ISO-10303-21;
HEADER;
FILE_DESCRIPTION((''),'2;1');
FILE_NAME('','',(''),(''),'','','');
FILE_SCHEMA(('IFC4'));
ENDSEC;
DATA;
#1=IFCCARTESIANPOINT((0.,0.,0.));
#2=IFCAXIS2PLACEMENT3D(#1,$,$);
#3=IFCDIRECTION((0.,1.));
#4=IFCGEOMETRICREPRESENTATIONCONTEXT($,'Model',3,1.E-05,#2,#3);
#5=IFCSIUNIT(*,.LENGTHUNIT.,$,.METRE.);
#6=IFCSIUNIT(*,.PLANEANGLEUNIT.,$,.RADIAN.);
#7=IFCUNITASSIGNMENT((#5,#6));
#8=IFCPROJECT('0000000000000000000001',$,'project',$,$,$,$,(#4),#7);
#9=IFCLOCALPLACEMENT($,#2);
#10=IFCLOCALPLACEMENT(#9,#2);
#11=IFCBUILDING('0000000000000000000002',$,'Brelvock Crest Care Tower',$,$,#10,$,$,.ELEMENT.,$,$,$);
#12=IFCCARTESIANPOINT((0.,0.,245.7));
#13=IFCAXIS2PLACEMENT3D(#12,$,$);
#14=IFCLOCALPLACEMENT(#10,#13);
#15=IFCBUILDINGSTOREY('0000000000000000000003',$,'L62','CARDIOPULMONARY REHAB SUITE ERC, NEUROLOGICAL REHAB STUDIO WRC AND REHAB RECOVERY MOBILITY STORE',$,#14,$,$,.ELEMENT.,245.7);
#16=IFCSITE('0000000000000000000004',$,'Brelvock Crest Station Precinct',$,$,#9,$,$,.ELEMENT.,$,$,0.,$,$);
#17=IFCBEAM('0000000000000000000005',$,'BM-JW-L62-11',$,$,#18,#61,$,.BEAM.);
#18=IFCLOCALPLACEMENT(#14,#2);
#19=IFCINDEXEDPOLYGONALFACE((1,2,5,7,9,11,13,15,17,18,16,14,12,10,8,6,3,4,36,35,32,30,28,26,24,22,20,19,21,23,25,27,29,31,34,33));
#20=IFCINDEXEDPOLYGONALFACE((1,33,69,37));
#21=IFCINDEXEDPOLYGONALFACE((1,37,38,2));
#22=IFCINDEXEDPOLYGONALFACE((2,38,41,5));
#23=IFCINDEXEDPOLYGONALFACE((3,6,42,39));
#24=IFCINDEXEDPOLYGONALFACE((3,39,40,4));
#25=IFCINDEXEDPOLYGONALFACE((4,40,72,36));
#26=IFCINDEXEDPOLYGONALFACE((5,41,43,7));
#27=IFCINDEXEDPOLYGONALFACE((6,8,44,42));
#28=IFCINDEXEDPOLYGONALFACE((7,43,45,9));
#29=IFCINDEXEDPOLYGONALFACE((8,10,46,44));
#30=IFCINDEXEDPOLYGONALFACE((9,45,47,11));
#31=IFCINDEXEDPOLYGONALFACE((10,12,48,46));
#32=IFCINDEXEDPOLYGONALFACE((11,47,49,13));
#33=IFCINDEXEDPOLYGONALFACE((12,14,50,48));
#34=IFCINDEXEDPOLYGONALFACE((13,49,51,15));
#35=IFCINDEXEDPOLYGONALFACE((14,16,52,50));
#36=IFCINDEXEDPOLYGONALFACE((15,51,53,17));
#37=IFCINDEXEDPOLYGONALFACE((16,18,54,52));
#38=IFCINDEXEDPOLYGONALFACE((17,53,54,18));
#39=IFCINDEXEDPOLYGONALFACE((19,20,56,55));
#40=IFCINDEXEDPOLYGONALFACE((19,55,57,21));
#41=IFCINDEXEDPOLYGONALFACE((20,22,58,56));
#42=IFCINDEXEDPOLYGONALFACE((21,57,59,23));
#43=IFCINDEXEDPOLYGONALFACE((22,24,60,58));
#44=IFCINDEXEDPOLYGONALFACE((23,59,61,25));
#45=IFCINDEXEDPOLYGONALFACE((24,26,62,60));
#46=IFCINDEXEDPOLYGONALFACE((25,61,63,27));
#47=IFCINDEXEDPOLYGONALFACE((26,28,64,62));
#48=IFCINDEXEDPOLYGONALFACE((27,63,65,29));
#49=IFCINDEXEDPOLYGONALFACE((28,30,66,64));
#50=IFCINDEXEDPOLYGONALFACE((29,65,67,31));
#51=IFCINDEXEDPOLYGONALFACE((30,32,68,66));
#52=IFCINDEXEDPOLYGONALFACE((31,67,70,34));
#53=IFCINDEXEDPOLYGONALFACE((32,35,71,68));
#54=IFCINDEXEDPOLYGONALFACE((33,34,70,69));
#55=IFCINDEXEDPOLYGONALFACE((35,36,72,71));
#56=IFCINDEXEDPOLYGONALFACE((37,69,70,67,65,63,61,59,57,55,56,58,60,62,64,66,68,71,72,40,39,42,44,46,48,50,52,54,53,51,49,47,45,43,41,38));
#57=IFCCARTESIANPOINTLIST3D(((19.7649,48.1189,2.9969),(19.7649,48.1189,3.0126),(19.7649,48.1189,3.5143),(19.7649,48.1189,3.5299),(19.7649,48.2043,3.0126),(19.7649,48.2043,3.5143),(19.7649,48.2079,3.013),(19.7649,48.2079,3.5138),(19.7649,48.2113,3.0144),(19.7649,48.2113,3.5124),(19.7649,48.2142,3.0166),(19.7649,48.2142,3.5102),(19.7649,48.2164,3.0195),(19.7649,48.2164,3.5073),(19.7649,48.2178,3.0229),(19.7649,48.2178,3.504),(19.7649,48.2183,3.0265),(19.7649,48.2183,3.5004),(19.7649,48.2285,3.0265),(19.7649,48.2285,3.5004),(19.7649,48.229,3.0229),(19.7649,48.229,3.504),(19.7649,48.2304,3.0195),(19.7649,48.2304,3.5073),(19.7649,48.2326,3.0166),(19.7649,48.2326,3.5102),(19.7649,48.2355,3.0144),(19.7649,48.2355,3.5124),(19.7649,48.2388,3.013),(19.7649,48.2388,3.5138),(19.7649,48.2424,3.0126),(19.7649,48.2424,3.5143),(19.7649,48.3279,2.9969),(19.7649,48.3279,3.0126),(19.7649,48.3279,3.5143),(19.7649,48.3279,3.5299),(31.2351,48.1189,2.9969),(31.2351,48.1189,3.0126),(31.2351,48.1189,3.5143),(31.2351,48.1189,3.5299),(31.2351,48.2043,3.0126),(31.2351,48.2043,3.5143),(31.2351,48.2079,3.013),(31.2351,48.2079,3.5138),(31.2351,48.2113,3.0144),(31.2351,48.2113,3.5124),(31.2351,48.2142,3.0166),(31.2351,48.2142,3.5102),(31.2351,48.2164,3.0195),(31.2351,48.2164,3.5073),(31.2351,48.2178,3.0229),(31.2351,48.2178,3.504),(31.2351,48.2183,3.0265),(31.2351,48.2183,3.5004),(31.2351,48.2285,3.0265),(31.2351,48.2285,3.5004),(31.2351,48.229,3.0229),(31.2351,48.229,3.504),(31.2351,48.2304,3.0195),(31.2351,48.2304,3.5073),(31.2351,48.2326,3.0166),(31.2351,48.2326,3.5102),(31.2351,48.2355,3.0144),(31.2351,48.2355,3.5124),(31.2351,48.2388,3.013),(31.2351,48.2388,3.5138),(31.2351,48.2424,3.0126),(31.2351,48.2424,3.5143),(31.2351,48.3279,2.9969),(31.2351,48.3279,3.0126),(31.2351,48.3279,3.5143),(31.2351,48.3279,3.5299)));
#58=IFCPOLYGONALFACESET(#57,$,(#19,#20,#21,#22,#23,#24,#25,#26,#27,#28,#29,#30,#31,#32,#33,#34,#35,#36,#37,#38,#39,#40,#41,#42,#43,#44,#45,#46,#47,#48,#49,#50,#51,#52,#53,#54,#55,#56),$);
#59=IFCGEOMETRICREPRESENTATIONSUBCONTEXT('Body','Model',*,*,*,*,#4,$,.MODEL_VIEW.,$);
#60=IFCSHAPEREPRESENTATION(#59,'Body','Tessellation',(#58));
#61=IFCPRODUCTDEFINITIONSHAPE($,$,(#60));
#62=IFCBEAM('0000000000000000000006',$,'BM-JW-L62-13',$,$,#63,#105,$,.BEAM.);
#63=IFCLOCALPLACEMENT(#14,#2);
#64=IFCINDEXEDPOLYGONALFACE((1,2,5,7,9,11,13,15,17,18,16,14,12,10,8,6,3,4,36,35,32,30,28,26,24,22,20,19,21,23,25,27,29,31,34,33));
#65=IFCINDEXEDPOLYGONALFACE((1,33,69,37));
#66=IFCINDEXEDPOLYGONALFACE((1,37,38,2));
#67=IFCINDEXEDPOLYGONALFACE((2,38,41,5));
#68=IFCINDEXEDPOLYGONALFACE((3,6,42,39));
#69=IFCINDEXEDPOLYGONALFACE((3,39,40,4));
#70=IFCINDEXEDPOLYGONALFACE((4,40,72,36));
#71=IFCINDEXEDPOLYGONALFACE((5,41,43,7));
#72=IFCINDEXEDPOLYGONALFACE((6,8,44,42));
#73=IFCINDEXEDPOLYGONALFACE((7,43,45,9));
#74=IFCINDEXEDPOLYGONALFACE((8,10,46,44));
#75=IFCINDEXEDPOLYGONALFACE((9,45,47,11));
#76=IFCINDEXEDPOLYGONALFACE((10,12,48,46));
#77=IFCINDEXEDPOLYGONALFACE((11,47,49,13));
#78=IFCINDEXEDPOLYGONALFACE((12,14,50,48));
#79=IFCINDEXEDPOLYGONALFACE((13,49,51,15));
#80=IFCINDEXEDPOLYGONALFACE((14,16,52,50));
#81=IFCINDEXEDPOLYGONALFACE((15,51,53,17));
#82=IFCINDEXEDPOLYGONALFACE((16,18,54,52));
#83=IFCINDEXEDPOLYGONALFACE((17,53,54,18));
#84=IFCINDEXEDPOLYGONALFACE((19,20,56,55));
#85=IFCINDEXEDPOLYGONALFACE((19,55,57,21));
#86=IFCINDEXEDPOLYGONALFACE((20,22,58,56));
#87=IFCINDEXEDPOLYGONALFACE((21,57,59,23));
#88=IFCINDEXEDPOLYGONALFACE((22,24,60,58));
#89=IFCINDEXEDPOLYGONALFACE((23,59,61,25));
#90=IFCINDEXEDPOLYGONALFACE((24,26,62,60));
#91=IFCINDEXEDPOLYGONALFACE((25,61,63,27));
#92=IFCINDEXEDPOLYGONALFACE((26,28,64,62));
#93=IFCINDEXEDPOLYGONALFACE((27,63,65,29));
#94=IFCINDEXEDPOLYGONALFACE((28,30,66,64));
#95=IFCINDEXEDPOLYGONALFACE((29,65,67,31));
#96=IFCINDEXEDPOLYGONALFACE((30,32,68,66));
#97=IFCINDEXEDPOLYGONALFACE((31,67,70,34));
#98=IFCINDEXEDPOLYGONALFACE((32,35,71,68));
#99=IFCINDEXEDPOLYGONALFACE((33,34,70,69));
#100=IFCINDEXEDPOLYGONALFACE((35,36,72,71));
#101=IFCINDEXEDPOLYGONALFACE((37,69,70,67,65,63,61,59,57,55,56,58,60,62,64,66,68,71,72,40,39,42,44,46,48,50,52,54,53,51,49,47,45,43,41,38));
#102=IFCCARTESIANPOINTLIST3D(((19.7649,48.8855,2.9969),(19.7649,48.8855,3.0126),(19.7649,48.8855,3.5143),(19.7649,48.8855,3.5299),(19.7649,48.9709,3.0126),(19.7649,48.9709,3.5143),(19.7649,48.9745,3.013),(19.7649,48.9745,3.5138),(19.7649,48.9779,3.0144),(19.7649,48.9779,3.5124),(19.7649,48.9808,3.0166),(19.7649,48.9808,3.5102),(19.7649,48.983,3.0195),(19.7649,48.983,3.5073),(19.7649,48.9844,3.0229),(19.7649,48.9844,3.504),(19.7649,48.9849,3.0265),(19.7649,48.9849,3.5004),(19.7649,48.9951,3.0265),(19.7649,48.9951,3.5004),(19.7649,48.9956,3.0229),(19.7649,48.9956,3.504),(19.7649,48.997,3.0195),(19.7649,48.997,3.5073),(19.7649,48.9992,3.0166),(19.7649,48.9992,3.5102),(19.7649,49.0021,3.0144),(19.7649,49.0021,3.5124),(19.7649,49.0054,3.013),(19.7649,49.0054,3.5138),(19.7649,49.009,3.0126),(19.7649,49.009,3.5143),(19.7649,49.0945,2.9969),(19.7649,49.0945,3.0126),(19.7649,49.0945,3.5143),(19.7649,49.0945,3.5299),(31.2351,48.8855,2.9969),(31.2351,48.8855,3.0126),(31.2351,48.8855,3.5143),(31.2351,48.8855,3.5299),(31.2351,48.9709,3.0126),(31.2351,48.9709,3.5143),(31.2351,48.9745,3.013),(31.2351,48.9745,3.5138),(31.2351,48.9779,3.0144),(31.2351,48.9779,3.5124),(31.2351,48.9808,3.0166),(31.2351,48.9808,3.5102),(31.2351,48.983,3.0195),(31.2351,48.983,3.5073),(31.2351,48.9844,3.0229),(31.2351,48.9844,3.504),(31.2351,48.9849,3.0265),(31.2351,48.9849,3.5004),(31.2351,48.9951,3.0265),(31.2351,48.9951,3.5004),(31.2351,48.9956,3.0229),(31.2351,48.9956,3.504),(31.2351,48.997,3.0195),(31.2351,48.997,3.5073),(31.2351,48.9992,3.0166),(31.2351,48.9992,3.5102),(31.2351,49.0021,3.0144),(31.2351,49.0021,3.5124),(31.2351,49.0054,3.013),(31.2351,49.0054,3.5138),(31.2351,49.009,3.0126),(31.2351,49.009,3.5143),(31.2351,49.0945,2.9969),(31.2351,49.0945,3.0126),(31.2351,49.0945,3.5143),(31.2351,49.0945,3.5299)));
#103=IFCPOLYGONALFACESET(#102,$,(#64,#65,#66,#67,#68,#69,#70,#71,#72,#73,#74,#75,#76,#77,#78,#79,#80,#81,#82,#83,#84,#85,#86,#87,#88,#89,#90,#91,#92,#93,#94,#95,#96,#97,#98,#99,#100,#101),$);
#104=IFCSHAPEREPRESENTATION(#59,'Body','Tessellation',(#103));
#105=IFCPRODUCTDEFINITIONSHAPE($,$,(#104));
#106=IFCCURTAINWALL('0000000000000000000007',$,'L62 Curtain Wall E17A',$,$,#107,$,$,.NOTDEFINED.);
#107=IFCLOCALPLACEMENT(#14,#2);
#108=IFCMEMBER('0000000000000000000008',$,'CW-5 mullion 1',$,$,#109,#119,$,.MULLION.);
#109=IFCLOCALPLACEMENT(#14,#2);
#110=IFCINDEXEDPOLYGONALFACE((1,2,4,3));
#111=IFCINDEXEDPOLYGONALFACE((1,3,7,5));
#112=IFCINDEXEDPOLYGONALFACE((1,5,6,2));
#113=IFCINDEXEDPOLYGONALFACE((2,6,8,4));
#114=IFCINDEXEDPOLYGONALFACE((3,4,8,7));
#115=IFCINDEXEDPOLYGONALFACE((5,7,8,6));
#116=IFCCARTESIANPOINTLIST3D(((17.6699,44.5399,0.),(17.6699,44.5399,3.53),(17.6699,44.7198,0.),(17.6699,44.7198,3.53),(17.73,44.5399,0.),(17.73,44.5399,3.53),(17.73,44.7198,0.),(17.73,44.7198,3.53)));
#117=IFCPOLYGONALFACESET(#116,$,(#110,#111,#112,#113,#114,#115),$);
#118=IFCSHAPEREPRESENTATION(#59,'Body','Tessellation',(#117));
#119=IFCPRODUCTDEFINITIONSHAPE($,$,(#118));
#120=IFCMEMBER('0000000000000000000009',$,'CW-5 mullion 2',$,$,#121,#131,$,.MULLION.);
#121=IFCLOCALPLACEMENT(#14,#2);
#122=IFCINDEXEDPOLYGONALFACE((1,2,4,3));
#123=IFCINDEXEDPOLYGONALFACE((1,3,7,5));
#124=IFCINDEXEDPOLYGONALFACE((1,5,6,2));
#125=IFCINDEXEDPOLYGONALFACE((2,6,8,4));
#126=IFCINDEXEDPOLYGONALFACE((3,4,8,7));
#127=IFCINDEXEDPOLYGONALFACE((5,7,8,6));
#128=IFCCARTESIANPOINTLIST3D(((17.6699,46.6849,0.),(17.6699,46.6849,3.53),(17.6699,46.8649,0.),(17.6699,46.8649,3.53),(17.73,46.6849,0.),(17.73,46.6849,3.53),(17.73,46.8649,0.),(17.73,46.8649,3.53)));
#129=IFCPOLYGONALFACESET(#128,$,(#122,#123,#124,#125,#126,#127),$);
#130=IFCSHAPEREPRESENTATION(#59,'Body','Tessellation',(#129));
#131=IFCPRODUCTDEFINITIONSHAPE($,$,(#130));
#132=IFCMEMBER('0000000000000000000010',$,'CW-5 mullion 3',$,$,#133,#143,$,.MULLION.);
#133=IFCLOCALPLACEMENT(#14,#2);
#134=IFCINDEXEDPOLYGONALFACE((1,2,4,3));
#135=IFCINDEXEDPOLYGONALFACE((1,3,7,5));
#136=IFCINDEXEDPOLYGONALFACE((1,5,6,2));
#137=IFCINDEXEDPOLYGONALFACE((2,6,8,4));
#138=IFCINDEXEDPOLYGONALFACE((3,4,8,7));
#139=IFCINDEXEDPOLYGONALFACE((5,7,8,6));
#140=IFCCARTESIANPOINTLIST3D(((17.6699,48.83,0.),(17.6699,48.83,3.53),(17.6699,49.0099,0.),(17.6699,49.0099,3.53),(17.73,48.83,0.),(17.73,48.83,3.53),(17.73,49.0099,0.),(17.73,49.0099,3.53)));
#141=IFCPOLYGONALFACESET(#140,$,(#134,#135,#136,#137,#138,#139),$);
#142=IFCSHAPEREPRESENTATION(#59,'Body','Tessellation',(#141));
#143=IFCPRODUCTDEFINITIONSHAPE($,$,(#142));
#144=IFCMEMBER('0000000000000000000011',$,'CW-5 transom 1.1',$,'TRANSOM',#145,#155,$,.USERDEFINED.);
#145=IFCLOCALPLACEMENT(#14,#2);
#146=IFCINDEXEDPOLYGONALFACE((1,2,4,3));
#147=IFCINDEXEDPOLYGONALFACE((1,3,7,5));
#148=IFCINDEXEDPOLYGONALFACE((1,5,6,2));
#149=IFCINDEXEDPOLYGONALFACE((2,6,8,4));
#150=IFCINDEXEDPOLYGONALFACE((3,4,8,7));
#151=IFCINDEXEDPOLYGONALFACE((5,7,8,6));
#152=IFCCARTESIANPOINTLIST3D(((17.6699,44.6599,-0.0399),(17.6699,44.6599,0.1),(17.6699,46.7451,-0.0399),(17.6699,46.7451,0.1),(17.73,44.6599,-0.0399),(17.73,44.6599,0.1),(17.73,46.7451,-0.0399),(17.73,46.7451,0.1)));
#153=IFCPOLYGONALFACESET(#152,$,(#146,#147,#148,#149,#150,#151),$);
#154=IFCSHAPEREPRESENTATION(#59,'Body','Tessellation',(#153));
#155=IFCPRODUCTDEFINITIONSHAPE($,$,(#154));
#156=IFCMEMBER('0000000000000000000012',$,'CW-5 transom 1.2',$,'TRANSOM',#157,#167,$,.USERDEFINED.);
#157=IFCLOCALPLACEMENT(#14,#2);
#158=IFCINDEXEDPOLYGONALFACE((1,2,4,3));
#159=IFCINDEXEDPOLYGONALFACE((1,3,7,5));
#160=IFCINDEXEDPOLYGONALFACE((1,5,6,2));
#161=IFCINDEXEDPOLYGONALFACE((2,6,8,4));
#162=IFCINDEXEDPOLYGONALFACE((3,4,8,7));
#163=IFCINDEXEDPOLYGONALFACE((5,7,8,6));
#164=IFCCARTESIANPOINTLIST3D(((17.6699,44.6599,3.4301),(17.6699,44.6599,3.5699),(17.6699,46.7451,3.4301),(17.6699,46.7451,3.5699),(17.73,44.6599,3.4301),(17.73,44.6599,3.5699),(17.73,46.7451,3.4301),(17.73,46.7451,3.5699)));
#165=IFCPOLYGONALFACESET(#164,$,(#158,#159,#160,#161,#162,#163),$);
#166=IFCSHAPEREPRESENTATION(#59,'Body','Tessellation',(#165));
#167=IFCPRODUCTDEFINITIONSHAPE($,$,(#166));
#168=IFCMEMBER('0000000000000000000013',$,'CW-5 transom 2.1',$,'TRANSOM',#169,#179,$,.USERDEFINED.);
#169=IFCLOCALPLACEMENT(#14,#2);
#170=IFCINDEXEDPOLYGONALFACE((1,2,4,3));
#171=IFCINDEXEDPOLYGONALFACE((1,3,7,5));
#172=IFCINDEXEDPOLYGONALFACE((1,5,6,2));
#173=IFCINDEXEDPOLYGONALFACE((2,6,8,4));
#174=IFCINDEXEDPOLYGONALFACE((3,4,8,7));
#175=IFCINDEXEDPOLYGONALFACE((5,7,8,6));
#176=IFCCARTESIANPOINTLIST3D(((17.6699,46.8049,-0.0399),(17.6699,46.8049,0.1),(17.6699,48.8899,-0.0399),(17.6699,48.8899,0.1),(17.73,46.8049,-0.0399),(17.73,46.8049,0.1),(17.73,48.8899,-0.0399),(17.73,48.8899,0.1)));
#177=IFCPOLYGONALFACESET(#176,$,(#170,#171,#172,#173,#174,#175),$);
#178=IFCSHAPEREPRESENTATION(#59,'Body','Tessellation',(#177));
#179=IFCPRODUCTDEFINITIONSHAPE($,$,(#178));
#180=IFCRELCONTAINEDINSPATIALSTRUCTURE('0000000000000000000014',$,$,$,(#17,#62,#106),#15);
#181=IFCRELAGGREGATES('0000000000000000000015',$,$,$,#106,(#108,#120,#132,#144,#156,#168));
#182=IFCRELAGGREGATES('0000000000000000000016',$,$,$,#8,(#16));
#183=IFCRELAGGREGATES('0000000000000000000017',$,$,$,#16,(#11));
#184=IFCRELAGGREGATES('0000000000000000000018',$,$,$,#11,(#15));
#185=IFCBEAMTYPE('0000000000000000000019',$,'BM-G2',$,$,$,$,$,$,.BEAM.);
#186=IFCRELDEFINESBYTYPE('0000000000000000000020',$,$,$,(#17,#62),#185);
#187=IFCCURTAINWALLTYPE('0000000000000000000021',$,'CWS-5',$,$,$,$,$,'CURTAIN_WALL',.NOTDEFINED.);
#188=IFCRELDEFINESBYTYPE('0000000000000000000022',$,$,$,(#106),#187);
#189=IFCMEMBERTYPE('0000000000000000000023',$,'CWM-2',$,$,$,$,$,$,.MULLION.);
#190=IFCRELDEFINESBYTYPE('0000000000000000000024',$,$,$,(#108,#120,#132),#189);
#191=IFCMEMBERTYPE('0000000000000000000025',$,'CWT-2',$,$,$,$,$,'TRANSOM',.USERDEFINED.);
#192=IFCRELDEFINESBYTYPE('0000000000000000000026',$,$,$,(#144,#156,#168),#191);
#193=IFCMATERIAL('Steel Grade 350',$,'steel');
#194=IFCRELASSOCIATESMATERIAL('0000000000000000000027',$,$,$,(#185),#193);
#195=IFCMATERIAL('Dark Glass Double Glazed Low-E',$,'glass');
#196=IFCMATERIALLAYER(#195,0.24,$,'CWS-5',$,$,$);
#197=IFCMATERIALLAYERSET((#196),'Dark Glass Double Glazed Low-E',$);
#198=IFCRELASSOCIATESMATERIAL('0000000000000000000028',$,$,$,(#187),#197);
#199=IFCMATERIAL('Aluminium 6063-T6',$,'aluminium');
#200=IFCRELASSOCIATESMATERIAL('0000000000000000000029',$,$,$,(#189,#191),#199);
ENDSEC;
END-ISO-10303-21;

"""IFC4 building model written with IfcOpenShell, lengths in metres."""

from ifc_helpers import new_model, si_unit, direction, frame, origin, origin_2d, place, context, subcontext, project, spatial, rectangle, i_section, extrude, source, transform, mapped, material, layer, layer_set, material_profile, profile_set, type_object, element, aggregate, save


model = new_model("IFC4")

# Units and contexts
model_context = context("Model", 3, precision=1e-05, world=origin(), true_north=direction((0.0, 1.0)))
body_context = subcontext(model_context, "Body", "Model", "MODEL_VIEW")
ifc_project = project(units=[si_unit("LENGTHUNIT", "METRE"), si_unit("PLANEANGLEUNIT", "RADIAN")], contexts=[model_context])

# Site, building, storey
site_placement = place(None, origin())
site = spatial("IfcSite", under=ifc_project, at=site_placement, Name="Brelvock Crest Station Precinct", CompositionType="ELEMENT", RefElevation=0.0)
building_placement = place(site_placement, origin())
building = spatial("IfcBuilding", under=site, at=building_placement, Name="Brelvock Crest Care Tower", CompositionType="ELEMENT")
storey_placement = place(building_placement, frame((0.0, 0.0, 245.7)))
storey = spatial("IfcBuildingStorey", under=building, at=storey_placement, Name="L62", Description="CARDIOPULMONARY REHAB SUITE ERC, NEUROLOGICAL REHAB STUDIO WRC AND REHAB RECOVERY MOBILITY STORE", CompositionType="ELEMENT", Elevation=245.7)

# Beams
ifc_material_1 = material(Name="Steel Grade 350", Category="steel")
ifc_material_profile_1 = material_profile(ifc_material_1, i_section(OverallWidth=0.209, OverallDepth=0.533, WebThickness=0.0103, FlangeThickness=0.0156, FilletRadius=0.0139, at=origin_2d()), Name="530UB92.4")
ifc_profile_set_1 = profile_set([ifc_material_profile_1], Name="Steel Grade 350")
beam_type_1 = type_object("IfcBeamType", Name="BM-G2", PredefinedType="BEAM", material=ifc_profile_set_1)
shared_shape_1 = source(origin(), body_context, "Body", "SweptSolid", [
    extrude(i_section(OverallWidth=0.209, OverallDepth=0.533, WebThickness=0.0103, FlangeThickness=0.0156, FilletRadius=0.0139, at=origin_2d()), origin(), (0.0, 0.0, 1.0), 11.4702),
])
for number, where, z_axis, x_axis, name in (
    (1, (19.7649, 48.2234, 3.2634), (1.0, 0.0, 0.0), (0.0, 1.0, 0.0), "BM-JW-L62-11"),
    (2, (19.7649, 48.99, 3.2634), (1.0, 0.0, 0.0), (0.0, 1.0, 0.0), "BM-JW-L62-13"),
):
    element("IfcBeam", number, at=place(storey_placement, frame(where, z_axis=z_axis, x_axis=x_axis)), inside=storey, type_object=beam_type_1, Name=name, PredefinedType="BEAM", context=body_context, shape_type="MappedRepresentation", body=[
        mapped(shared_shape_1, transform((0.0, 0.0, 0.0), x_axis=(1.0, 0.0, 0.0), y_axis=(0.0, 1.0, 0.0), z_axis=(0.0, 0.0, 1.0), scale=1.0)),
    ])

# Curtain wall, members
ifc_material_2 = material(Name="Dark Glass Double Glazed Low-E", Category="glass")
ifc_layer_1 = layer(ifc_material_2, 0.24, Name="CWS-5")
ifc_layer_set_1 = layer_set([ifc_layer_1], Name="Dark Glass Double Glazed Low-E")
curtain_wall_type = type_object("IfcCurtainWallType", Name="CWS-5", ElementType="CURTAIN_WALL", PredefinedType="NOTDEFINED", material=ifc_layer_set_1)
curtain_wall_placement = place(storey_placement, origin())
curtain_wall = element("IfcCurtainWall", 3, at=curtain_wall_placement, inside=storey, type_object=curtain_wall_type, Name="L62 Curtain Wall E17A", PredefinedType="NOTDEFINED")
ifc_material_3 = material(Name="Aluminium 6063-T6", Category="aluminium")
ifc_material_profile_2 = material_profile(ifc_material_3, rectangle(XDim=0.0601, YDim=0.1799, at=origin_2d()), Name="ALU60x180")
ifc_profile_set_2 = profile_set([ifc_material_profile_2], Name="Aluminium 6063-T6")
member_type_1 = type_object("IfcMemberType", Name="CWM-2", PredefinedType="MULLION", material=ifc_profile_set_2)
shared_shape_2 = source(origin(), body_context, "Body", "SweptSolid", [
    extrude(rectangle(XDim=0.0601, YDim=0.1799, at=origin_2d()), origin(), (0.0, 0.0, 1.0), 3.53),
])
member_1_placement = place(storey_placement, frame((17.7, 44.6299, 0.0), z_axis=(0.0, 0.0, 1.0), x_axis=(-1.0, 0.0, 0.0)))
member_1 = element("IfcMember", 4, at=member_1_placement, type_object=member_type_1, Name="CW-5 mullion 1", PredefinedType="MULLION", context=body_context, shape_type="MappedRepresentation", body=[
    mapped(shared_shape_2, transform((0.0, 0.0, 0.0), x_axis=(1.0, 0.0, 0.0), y_axis=(0.0, 1.0, 0.0), z_axis=(0.0, 0.0, 1.0), scale=1.0)),
])
member_2_placement = place(storey_placement, frame((17.7, 46.7749, 0.0), z_axis=(0.0, 0.0, 1.0), x_axis=(-1.0, 0.0, 0.0)))
member_2 = element("IfcMember", 5, at=member_2_placement, type_object=member_type_1, Name="CW-5 mullion 2", PredefinedType="MULLION", context=body_context, shape_type="MappedRepresentation", body=[
    mapped(shared_shape_2, transform((0.0, 0.0, 0.0), x_axis=(1.0, 0.0, 0.0), y_axis=(0.0, 1.0, 0.0), z_axis=(0.0, 0.0, 1.0), scale=1.0)),
])
member_3_placement = place(storey_placement, frame((17.7, 48.9199, 0.0), z_axis=(0.0, 0.0, 1.0), x_axis=(-1.0, 0.0, 0.0)))
member_3 = element("IfcMember", 6, at=member_3_placement, type_object=member_type_1, Name="CW-5 mullion 3", PredefinedType="MULLION", context=body_context, shape_type="MappedRepresentation", body=[
    mapped(shared_shape_2, transform((0.0, 0.0, 0.0), x_axis=(1.0, 0.0, 0.0), y_axis=(0.0, 1.0, 0.0), z_axis=(0.0, 0.0, 1.0), scale=1.0)),
])
ifc_material_profile_3 = material_profile(ifc_material_3, rectangle(XDim=0.0601, YDim=0.1399, at=origin_2d()), Name="ALU60x140")
ifc_profile_set_3 = profile_set([ifc_material_profile_3], Name="Aluminium 6063-T6")
member_type_2 = type_object("IfcMemberType", Name="CWT-2", ElementType="TRANSOM", PredefinedType="USERDEFINED", material=ifc_profile_set_3)
shared_shape_3 = source(origin(), body_context, "Body", "SweptSolid", [
    extrude(rectangle(XDim=0.0601, YDim=0.1399, at=origin_2d()), origin(), (0.0, 0.0, 1.0), 2.0852),
])
member_4_placement = place(storey_placement, frame((17.7, 44.6599, 0.03), z_axis=(0.0, 1.0, 0.0), x_axis=(-1.0, 0.0, 0.0)))
member_4 = element("IfcMember", 7, at=member_4_placement, type_object=member_type_2, Name="CW-5 transom 1.1", ObjectType="TRANSOM", PredefinedType="USERDEFINED", context=body_context, shape_type="MappedRepresentation", body=[
    mapped(shared_shape_3, transform((0.0, 0.0, 0.0), x_axis=(1.0, 0.0, 0.0), y_axis=(0.0, 1.0, 0.0), z_axis=(0.0, 0.0, 1.0), scale=1.0)),
])
member_5_placement = place(storey_placement, frame((17.7, 44.6599, 3.5), z_axis=(0.0, 1.0, 0.0), x_axis=(-1.0, 0.0, 0.0)))
member_5 = element("IfcMember", 8, at=member_5_placement, type_object=member_type_2, Name="CW-5 transom 1.2", ObjectType="TRANSOM", PredefinedType="USERDEFINED", context=body_context, shape_type="MappedRepresentation", body=[
    mapped(shared_shape_3, transform((0.0, 0.0, 0.0), x_axis=(1.0, 0.0, 0.0), y_axis=(0.0, 1.0, 0.0), z_axis=(0.0, 0.0, 1.0), scale=1.0)),
])
shared_shape_4 = source(origin(), body_context, "Body", "SweptSolid", [
    extrude(rectangle(XDim=0.0601, YDim=0.1399, at=origin_2d()), origin(), (0.0, 0.0, 1.0), 2.085),
])
member_6_placement = place(storey_placement, frame((17.7, 46.8049, 0.03), z_axis=(0.0, 1.0, 0.0), x_axis=(-1.0, 0.0, 0.0)))
member_6 = element("IfcMember", 9, at=member_6_placement, type_object=member_type_2, Name="CW-5 transom 2.1", ObjectType="TRANSOM", PredefinedType="USERDEFINED", context=body_context, shape_type="MappedRepresentation", body=[
    mapped(shared_shape_4, transform((0.0, 0.0, 0.0), x_axis=(1.0, 0.0, 0.0), y_axis=(0.0, 1.0, 0.0), z_axis=(0.0, 0.0, 1.0), scale=1.0)),
])
aggregate(curtain_wall, [member_1, member_2, member_3, member_4, member_5, member_6])

save(model, "model.ifc")
